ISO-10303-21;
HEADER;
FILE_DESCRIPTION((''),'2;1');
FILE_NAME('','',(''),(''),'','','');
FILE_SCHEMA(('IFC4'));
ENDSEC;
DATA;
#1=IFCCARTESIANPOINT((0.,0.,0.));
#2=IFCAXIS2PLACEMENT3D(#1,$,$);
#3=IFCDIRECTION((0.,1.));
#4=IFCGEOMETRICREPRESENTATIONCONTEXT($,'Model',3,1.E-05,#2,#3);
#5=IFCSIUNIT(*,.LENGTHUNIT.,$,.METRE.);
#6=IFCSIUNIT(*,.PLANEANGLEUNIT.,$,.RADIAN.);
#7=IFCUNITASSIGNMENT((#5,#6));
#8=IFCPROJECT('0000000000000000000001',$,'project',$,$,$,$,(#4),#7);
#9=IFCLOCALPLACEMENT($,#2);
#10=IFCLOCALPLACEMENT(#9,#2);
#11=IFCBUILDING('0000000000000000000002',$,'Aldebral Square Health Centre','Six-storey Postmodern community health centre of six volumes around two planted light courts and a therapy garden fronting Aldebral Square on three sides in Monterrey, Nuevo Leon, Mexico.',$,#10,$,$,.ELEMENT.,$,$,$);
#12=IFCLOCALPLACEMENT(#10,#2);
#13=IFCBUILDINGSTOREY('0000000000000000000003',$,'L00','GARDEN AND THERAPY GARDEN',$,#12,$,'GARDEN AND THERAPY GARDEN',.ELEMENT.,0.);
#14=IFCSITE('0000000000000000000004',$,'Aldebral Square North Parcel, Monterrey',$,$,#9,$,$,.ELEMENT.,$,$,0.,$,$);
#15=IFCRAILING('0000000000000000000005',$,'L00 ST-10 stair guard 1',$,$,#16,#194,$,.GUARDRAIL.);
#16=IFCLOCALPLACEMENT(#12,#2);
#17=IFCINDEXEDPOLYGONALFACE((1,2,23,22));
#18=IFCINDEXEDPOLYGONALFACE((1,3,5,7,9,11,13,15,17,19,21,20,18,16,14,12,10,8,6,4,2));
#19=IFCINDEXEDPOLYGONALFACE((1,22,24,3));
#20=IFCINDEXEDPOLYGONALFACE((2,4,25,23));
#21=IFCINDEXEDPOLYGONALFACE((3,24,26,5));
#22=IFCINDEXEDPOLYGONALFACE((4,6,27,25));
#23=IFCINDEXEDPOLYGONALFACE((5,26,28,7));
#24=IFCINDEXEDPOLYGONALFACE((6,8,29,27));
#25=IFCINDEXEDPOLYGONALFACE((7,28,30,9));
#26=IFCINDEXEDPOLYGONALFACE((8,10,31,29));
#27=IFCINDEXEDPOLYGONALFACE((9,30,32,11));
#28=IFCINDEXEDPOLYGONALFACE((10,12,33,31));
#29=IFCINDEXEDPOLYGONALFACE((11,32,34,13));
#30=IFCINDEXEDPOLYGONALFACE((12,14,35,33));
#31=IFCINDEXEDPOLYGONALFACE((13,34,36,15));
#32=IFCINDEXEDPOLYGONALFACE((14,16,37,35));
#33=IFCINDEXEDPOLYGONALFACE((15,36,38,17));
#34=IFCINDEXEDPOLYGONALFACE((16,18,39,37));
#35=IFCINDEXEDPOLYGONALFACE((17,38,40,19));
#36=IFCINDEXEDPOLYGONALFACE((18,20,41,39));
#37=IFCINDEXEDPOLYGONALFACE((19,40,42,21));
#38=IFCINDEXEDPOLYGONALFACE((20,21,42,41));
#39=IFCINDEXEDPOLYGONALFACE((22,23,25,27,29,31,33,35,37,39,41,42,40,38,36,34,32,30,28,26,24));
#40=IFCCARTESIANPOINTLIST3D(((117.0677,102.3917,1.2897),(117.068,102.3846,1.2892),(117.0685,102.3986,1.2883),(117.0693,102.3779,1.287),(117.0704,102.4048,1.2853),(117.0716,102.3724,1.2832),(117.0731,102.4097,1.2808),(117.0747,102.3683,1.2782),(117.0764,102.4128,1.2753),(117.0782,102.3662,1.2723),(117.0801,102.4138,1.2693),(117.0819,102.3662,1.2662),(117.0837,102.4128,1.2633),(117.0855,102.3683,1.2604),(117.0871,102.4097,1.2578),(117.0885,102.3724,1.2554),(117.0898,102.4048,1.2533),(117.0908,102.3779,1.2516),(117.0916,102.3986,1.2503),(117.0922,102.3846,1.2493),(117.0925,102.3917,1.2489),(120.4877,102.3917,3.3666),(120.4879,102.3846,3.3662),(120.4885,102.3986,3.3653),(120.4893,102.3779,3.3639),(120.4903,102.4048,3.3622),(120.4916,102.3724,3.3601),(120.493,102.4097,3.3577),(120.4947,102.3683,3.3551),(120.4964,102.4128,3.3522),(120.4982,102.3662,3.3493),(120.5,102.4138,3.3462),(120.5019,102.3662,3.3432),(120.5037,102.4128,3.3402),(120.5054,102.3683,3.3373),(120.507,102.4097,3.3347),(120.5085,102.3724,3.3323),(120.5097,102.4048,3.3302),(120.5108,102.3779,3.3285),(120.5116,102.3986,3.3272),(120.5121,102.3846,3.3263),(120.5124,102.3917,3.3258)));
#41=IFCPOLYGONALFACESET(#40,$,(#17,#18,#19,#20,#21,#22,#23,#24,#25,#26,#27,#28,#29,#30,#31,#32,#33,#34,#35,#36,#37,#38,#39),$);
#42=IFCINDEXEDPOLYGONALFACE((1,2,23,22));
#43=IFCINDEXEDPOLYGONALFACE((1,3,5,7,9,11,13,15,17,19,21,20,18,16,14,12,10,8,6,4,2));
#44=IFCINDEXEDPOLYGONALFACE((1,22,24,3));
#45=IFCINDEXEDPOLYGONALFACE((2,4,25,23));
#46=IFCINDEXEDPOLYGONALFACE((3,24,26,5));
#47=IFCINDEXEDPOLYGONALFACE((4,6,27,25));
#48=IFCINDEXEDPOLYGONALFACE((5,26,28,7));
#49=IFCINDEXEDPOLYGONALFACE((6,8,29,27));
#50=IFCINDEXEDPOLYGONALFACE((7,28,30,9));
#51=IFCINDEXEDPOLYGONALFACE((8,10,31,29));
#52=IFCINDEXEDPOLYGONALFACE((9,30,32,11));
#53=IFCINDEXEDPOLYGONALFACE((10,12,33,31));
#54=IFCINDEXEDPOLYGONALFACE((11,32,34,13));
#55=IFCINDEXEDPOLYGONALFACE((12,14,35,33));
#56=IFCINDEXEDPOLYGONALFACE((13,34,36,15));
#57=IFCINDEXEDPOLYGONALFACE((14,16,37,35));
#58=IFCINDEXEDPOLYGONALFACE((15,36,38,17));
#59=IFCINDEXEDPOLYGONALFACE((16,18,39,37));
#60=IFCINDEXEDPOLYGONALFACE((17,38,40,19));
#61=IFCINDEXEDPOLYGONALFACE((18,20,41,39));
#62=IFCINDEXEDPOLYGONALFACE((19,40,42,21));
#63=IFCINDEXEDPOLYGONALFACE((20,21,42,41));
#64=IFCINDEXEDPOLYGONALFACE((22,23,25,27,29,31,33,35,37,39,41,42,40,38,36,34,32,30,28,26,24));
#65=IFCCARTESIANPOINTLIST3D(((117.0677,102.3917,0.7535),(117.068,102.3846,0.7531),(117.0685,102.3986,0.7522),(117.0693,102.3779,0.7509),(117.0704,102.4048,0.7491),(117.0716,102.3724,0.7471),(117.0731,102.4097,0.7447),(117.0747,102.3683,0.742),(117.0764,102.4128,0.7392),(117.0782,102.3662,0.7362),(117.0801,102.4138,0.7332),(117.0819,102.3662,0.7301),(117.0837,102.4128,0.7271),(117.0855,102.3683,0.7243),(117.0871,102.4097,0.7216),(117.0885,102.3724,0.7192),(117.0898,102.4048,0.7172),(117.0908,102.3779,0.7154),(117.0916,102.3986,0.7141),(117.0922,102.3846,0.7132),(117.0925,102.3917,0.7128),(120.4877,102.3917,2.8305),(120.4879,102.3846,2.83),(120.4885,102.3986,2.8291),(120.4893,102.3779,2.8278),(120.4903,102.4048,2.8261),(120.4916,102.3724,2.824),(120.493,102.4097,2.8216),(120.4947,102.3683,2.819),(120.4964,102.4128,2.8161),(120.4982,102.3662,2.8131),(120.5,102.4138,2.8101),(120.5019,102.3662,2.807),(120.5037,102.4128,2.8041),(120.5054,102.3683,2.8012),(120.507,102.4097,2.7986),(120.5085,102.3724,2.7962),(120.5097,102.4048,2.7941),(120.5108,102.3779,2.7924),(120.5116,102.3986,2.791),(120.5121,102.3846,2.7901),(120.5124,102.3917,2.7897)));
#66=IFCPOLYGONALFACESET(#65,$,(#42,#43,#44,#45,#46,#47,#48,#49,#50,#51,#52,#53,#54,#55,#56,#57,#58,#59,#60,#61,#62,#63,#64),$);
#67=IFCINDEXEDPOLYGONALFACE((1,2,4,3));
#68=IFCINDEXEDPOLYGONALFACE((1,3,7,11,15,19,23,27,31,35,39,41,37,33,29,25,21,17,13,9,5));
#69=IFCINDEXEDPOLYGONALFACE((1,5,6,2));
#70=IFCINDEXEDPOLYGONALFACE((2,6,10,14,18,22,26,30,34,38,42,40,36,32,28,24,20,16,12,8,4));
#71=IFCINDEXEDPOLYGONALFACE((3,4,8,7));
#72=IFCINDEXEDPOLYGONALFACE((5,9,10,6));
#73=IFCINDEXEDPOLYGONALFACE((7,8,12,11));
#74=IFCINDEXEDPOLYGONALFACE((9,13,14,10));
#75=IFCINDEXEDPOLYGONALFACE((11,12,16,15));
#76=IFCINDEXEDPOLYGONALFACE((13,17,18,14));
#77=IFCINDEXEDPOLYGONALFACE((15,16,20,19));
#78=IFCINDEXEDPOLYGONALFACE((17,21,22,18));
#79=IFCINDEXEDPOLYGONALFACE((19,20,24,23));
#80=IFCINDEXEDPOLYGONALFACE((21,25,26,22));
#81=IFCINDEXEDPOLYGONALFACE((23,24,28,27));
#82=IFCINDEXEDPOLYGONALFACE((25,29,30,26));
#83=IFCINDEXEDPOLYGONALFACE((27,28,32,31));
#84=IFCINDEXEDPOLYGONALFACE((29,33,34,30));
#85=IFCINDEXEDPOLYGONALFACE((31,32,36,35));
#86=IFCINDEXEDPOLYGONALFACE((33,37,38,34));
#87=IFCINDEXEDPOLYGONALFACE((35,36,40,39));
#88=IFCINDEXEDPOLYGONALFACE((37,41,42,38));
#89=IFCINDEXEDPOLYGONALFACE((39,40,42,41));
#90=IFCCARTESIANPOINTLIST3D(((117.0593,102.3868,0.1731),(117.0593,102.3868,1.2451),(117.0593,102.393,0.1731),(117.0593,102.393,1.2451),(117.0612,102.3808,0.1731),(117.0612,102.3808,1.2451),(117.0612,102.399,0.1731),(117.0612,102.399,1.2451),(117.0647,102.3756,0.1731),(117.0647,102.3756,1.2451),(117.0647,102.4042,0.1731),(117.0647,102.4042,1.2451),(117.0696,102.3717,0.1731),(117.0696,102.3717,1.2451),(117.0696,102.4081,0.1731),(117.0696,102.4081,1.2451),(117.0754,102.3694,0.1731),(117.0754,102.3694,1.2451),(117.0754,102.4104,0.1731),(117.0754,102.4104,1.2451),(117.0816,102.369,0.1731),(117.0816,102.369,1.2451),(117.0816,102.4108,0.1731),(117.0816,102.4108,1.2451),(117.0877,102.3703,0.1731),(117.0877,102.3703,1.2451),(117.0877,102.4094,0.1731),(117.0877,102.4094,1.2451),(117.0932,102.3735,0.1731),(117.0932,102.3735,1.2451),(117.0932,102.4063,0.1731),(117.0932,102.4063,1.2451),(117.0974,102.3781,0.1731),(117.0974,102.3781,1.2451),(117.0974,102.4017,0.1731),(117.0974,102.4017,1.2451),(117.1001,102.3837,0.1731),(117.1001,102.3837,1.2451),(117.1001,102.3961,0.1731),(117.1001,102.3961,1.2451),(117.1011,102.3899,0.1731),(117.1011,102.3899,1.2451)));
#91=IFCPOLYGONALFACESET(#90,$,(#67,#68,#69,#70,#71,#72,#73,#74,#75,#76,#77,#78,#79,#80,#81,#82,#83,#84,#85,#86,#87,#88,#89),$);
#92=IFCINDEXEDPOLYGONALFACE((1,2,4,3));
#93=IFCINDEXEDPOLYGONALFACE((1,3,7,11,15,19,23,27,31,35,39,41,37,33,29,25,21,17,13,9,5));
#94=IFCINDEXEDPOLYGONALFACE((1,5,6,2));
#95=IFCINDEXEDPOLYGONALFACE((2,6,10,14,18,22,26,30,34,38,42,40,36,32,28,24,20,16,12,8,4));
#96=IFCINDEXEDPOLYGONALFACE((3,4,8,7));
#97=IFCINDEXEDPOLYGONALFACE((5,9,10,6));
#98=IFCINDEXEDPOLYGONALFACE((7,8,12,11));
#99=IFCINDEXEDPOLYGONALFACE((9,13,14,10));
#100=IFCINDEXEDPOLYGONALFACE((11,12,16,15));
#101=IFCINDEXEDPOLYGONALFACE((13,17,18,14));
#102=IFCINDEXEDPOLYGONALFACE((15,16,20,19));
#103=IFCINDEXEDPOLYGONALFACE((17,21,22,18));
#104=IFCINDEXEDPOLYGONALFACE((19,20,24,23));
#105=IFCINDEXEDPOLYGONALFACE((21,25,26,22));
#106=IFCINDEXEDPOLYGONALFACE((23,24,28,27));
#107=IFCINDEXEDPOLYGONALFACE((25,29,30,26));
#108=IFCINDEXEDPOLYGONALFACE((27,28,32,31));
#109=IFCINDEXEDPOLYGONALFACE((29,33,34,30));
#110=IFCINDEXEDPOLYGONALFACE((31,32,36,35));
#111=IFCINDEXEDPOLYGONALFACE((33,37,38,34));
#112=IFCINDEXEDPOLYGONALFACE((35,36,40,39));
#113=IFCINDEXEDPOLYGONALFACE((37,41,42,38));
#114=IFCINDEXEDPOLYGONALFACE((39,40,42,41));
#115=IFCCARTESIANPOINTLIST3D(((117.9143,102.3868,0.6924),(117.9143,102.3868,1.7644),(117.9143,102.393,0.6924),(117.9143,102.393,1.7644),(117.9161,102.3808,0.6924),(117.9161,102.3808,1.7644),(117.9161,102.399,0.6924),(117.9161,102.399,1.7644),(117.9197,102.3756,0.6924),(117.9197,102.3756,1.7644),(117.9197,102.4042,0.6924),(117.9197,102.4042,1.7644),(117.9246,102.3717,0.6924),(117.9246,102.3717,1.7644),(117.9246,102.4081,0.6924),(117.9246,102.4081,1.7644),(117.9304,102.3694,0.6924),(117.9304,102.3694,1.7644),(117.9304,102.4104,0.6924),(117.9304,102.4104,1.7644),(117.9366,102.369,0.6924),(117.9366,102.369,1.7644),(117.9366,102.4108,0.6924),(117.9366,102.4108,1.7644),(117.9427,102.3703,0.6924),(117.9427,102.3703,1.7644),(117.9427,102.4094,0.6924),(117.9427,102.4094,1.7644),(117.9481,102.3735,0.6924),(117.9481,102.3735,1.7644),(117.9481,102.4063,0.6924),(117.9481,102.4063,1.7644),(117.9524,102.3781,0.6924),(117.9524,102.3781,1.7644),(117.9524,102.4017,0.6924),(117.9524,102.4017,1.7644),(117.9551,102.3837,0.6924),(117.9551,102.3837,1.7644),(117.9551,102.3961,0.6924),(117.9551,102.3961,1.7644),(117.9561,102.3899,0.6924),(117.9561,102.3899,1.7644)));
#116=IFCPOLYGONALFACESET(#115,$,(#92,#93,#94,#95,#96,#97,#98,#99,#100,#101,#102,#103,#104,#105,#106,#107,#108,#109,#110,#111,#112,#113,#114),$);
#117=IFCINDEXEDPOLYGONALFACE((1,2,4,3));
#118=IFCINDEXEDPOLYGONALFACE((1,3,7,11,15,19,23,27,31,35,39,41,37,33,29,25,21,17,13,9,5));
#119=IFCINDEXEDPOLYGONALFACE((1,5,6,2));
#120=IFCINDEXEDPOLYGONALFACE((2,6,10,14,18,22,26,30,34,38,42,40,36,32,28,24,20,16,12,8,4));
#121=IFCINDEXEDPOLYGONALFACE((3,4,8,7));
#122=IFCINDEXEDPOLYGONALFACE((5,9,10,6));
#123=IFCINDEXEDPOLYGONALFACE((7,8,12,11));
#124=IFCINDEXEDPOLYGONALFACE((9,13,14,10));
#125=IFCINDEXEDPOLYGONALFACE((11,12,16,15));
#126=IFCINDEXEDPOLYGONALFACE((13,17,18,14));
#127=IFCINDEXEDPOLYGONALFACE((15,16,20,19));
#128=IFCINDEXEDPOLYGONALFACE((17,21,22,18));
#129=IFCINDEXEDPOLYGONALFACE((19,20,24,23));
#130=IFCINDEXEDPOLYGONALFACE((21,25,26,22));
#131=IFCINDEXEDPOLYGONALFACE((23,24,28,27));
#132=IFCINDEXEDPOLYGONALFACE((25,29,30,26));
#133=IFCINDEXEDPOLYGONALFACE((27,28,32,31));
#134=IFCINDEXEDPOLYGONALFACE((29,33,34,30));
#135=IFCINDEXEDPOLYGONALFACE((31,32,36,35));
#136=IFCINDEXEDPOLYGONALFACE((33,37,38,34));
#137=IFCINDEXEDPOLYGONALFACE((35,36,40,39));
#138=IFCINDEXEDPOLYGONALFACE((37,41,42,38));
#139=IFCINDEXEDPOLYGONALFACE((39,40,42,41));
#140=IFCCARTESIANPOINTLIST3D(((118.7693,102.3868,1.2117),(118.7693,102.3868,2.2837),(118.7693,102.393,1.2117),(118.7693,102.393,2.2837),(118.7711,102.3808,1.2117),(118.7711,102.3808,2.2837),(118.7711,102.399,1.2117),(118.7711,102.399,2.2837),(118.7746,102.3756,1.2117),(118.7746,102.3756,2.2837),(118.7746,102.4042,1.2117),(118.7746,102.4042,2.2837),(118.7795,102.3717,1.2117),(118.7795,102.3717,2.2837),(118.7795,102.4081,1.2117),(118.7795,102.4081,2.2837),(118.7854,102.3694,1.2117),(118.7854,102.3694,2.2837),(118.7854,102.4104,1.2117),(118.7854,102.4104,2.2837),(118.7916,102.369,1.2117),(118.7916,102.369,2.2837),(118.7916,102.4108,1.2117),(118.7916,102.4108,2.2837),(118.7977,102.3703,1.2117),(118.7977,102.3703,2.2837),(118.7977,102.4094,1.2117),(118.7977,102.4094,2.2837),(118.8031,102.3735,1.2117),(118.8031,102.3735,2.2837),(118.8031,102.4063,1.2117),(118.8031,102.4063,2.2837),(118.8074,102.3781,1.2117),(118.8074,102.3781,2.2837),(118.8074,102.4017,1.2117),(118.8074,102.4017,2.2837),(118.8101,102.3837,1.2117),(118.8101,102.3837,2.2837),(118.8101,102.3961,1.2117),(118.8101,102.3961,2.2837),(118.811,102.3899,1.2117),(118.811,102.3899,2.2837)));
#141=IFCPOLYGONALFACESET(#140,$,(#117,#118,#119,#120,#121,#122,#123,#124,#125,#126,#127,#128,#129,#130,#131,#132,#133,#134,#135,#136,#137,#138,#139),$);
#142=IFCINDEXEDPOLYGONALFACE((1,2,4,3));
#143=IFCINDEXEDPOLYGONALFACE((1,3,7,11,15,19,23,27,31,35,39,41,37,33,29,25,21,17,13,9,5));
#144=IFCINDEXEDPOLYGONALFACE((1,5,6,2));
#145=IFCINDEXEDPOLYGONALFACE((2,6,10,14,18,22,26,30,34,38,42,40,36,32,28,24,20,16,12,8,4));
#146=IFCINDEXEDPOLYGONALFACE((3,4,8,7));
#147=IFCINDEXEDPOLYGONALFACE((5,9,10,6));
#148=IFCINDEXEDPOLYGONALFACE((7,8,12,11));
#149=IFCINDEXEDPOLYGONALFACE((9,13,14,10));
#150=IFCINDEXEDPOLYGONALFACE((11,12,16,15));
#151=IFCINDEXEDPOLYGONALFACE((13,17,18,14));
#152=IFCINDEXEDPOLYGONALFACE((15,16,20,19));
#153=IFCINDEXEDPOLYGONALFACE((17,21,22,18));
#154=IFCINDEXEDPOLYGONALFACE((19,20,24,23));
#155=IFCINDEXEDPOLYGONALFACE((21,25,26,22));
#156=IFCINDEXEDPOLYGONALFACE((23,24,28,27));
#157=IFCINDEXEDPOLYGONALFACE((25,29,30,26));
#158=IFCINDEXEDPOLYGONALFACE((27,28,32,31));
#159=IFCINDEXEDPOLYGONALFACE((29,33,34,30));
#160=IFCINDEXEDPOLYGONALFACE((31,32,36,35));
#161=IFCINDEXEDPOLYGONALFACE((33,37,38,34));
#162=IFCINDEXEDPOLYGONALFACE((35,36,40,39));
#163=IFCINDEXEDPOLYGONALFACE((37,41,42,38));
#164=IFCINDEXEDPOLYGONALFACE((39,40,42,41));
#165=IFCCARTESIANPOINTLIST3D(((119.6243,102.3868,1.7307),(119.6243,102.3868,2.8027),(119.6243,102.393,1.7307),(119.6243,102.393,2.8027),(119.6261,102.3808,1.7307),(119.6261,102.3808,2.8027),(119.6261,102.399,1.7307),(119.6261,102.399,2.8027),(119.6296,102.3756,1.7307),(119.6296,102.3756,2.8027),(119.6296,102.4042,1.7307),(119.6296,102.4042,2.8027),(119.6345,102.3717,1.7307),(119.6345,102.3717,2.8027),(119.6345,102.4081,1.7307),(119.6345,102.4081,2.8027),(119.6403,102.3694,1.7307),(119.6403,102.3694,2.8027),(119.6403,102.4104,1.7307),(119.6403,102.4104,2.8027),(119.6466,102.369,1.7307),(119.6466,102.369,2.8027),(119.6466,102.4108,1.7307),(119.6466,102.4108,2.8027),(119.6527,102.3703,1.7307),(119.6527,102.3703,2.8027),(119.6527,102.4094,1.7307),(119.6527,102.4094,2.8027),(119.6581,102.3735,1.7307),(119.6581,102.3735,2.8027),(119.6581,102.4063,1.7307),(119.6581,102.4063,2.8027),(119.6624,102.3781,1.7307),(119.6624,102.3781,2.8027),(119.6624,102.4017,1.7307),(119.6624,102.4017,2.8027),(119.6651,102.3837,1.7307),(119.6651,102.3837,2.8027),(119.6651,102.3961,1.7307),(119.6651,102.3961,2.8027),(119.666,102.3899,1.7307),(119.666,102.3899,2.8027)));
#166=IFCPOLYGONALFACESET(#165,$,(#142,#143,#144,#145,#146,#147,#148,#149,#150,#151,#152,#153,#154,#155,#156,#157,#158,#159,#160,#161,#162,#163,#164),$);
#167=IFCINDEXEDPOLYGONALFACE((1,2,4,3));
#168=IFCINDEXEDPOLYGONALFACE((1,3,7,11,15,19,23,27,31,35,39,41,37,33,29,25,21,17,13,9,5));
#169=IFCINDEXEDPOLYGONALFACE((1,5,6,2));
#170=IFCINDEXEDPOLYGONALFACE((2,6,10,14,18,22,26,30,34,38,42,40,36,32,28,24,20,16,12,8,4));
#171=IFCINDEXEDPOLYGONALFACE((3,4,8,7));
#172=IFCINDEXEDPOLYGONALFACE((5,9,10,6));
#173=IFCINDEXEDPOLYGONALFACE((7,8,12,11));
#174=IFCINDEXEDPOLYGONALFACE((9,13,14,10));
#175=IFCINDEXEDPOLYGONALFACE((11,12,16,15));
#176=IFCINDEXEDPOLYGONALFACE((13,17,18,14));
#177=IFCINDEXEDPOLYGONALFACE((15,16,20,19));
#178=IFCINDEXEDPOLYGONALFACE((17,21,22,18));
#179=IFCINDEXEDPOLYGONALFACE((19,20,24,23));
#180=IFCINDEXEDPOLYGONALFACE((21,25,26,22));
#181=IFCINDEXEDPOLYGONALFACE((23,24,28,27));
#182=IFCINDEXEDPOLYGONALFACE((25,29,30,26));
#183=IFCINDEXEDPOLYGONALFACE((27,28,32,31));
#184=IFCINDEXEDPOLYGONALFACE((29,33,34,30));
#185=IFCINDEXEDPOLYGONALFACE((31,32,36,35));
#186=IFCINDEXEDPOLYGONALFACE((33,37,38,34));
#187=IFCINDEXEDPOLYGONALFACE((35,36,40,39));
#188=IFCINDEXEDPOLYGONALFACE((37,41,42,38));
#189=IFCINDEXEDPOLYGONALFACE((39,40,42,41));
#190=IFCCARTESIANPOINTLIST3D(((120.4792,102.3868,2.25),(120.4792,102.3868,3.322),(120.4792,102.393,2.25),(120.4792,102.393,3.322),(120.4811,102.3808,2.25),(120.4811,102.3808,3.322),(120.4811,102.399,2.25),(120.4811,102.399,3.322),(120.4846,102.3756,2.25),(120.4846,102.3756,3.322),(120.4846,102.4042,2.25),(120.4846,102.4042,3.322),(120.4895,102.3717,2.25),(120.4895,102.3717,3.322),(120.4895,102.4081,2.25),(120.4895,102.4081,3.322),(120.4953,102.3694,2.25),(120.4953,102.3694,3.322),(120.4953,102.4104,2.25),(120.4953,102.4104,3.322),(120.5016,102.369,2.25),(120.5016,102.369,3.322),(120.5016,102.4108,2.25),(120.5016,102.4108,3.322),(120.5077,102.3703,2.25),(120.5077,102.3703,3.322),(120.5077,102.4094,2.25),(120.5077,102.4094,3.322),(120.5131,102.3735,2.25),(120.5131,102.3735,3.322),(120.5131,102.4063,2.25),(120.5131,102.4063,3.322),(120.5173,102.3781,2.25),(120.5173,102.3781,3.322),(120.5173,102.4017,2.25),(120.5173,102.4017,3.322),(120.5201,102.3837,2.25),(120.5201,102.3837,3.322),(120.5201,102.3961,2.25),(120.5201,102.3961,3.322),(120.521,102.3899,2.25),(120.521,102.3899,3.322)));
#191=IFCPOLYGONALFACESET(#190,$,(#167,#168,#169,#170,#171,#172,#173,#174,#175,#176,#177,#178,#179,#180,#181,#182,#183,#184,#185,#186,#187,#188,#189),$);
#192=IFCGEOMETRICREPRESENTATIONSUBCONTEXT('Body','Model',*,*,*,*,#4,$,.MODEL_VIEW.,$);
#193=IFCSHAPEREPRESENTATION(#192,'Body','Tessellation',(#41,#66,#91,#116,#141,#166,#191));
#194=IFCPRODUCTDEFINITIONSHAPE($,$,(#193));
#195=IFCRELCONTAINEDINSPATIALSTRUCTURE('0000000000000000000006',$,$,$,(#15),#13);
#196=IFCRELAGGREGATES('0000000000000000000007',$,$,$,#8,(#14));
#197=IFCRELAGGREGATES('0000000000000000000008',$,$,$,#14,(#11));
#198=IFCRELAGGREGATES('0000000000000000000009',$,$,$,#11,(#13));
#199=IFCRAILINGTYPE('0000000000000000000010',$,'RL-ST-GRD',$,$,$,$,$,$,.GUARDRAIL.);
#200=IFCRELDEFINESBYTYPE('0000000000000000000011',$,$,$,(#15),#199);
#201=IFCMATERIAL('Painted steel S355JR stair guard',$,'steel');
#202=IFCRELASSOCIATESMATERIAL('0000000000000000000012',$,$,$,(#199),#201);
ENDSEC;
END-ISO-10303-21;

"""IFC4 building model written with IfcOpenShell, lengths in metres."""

from ifc_helpers import new_model, si_unit, direction, frame, origin, origin_2d, place, context, subcontext, project, spatial, circle, extrude, material, type_object, element, save


model = new_model("IFC4")

# Units and contexts
model_context = context("Model", 3, precision=1e-05, world=origin(), true_north=direction((0.0, 1.0)))
body_context = subcontext(model_context, "Body", "Model", "MODEL_VIEW")
ifc_project = project(units=[si_unit("LENGTHUNIT", "METRE"), si_unit("PLANEANGLEUNIT", "RADIAN")], contexts=[model_context])

# Site, building, storey
site_placement = place(None, origin())
site = spatial("IfcSite", under=ifc_project, at=site_placement, Name="Aldebral Square North Parcel, Monterrey", CompositionType="ELEMENT", RefElevation=0.0)
building_placement = place(site_placement, origin())
building = spatial("IfcBuilding", under=site, at=building_placement, Name="Aldebral Square Health Centre", Description="Six-storey Postmodern community health centre of six volumes around two planted light courts and a therapy garden fronting Aldebral Square on three sides in Monterrey, Nuevo Leon, Mexico.", CompositionType="ELEMENT")
storey_placement = place(building_placement, origin())
storey = spatial("IfcBuildingStorey", under=building, at=storey_placement, Name="L00", Description="GARDEN AND THERAPY GARDEN", LongName="GARDEN AND THERAPY GARDEN", CompositionType="ELEMENT", Elevation=0.0)

# Railing
ifc_material_1 = material(Name="Painted steel S355JR stair guard", Category="steel")
railing_type_1 = type_object("IfcRailingType", Name="RL-ST-GRD", PredefinedType="GUARDRAIL", material=ifc_material_1)
railing_1_placement = place(storey_placement, frame((117.0801, 102.3899, 0.1731)))
element("IfcRailing", 1, at=railing_1_placement, inside=storey, type_object=railing_type_1, Name="L00 ST-10 stair guard 1", PredefinedType="GUARDRAIL", context=body_context, shape_type="SweptSolid", body=[
    extrude(circle(Radius=0.0239, at=origin_2d()), frame((0.0, 0.0, 1.0962), z_axis=(0.85473, 0.0, 0.519074), x_axis=(0.0, 1.0, 0.0)), (0.0, 0.0, 1.0), 4.0012),
    extrude(circle(Radius=0.0239, at=origin_2d()), frame((0.0, 0.0, 0.5601), z_axis=(0.85473, 0.0, 0.519074), x_axis=(0.0, 1.0, 0.0)), (0.0, 0.0, 1.0), 4.0012),
    extrude(circle(Radius=0.021, at=origin_2d()), origin(), (0.0, 0.0, 1.0), 1.072),
    extrude(circle(Radius=0.021, at=origin_2d()), frame((0.855, 0.0, 0.5193)), (0.0, 0.0, 1.0), 1.072),
    extrude(circle(Radius=0.021, at=origin_2d()), frame((1.71, 0.0, 1.0386)), (0.0, 0.0, 1.0), 1.072),
    extrude(circle(Radius=0.021, at=origin_2d()), frame((2.5649, 0.0, 1.5576)), (0.0, 0.0, 1.0), 1.072),
    extrude(circle(Radius=0.021, at=origin_2d()), frame((3.4199, 0.0, 2.0769)), (0.0, 0.0, 1.0), 1.072),
])

save(model, "model.ifc")
